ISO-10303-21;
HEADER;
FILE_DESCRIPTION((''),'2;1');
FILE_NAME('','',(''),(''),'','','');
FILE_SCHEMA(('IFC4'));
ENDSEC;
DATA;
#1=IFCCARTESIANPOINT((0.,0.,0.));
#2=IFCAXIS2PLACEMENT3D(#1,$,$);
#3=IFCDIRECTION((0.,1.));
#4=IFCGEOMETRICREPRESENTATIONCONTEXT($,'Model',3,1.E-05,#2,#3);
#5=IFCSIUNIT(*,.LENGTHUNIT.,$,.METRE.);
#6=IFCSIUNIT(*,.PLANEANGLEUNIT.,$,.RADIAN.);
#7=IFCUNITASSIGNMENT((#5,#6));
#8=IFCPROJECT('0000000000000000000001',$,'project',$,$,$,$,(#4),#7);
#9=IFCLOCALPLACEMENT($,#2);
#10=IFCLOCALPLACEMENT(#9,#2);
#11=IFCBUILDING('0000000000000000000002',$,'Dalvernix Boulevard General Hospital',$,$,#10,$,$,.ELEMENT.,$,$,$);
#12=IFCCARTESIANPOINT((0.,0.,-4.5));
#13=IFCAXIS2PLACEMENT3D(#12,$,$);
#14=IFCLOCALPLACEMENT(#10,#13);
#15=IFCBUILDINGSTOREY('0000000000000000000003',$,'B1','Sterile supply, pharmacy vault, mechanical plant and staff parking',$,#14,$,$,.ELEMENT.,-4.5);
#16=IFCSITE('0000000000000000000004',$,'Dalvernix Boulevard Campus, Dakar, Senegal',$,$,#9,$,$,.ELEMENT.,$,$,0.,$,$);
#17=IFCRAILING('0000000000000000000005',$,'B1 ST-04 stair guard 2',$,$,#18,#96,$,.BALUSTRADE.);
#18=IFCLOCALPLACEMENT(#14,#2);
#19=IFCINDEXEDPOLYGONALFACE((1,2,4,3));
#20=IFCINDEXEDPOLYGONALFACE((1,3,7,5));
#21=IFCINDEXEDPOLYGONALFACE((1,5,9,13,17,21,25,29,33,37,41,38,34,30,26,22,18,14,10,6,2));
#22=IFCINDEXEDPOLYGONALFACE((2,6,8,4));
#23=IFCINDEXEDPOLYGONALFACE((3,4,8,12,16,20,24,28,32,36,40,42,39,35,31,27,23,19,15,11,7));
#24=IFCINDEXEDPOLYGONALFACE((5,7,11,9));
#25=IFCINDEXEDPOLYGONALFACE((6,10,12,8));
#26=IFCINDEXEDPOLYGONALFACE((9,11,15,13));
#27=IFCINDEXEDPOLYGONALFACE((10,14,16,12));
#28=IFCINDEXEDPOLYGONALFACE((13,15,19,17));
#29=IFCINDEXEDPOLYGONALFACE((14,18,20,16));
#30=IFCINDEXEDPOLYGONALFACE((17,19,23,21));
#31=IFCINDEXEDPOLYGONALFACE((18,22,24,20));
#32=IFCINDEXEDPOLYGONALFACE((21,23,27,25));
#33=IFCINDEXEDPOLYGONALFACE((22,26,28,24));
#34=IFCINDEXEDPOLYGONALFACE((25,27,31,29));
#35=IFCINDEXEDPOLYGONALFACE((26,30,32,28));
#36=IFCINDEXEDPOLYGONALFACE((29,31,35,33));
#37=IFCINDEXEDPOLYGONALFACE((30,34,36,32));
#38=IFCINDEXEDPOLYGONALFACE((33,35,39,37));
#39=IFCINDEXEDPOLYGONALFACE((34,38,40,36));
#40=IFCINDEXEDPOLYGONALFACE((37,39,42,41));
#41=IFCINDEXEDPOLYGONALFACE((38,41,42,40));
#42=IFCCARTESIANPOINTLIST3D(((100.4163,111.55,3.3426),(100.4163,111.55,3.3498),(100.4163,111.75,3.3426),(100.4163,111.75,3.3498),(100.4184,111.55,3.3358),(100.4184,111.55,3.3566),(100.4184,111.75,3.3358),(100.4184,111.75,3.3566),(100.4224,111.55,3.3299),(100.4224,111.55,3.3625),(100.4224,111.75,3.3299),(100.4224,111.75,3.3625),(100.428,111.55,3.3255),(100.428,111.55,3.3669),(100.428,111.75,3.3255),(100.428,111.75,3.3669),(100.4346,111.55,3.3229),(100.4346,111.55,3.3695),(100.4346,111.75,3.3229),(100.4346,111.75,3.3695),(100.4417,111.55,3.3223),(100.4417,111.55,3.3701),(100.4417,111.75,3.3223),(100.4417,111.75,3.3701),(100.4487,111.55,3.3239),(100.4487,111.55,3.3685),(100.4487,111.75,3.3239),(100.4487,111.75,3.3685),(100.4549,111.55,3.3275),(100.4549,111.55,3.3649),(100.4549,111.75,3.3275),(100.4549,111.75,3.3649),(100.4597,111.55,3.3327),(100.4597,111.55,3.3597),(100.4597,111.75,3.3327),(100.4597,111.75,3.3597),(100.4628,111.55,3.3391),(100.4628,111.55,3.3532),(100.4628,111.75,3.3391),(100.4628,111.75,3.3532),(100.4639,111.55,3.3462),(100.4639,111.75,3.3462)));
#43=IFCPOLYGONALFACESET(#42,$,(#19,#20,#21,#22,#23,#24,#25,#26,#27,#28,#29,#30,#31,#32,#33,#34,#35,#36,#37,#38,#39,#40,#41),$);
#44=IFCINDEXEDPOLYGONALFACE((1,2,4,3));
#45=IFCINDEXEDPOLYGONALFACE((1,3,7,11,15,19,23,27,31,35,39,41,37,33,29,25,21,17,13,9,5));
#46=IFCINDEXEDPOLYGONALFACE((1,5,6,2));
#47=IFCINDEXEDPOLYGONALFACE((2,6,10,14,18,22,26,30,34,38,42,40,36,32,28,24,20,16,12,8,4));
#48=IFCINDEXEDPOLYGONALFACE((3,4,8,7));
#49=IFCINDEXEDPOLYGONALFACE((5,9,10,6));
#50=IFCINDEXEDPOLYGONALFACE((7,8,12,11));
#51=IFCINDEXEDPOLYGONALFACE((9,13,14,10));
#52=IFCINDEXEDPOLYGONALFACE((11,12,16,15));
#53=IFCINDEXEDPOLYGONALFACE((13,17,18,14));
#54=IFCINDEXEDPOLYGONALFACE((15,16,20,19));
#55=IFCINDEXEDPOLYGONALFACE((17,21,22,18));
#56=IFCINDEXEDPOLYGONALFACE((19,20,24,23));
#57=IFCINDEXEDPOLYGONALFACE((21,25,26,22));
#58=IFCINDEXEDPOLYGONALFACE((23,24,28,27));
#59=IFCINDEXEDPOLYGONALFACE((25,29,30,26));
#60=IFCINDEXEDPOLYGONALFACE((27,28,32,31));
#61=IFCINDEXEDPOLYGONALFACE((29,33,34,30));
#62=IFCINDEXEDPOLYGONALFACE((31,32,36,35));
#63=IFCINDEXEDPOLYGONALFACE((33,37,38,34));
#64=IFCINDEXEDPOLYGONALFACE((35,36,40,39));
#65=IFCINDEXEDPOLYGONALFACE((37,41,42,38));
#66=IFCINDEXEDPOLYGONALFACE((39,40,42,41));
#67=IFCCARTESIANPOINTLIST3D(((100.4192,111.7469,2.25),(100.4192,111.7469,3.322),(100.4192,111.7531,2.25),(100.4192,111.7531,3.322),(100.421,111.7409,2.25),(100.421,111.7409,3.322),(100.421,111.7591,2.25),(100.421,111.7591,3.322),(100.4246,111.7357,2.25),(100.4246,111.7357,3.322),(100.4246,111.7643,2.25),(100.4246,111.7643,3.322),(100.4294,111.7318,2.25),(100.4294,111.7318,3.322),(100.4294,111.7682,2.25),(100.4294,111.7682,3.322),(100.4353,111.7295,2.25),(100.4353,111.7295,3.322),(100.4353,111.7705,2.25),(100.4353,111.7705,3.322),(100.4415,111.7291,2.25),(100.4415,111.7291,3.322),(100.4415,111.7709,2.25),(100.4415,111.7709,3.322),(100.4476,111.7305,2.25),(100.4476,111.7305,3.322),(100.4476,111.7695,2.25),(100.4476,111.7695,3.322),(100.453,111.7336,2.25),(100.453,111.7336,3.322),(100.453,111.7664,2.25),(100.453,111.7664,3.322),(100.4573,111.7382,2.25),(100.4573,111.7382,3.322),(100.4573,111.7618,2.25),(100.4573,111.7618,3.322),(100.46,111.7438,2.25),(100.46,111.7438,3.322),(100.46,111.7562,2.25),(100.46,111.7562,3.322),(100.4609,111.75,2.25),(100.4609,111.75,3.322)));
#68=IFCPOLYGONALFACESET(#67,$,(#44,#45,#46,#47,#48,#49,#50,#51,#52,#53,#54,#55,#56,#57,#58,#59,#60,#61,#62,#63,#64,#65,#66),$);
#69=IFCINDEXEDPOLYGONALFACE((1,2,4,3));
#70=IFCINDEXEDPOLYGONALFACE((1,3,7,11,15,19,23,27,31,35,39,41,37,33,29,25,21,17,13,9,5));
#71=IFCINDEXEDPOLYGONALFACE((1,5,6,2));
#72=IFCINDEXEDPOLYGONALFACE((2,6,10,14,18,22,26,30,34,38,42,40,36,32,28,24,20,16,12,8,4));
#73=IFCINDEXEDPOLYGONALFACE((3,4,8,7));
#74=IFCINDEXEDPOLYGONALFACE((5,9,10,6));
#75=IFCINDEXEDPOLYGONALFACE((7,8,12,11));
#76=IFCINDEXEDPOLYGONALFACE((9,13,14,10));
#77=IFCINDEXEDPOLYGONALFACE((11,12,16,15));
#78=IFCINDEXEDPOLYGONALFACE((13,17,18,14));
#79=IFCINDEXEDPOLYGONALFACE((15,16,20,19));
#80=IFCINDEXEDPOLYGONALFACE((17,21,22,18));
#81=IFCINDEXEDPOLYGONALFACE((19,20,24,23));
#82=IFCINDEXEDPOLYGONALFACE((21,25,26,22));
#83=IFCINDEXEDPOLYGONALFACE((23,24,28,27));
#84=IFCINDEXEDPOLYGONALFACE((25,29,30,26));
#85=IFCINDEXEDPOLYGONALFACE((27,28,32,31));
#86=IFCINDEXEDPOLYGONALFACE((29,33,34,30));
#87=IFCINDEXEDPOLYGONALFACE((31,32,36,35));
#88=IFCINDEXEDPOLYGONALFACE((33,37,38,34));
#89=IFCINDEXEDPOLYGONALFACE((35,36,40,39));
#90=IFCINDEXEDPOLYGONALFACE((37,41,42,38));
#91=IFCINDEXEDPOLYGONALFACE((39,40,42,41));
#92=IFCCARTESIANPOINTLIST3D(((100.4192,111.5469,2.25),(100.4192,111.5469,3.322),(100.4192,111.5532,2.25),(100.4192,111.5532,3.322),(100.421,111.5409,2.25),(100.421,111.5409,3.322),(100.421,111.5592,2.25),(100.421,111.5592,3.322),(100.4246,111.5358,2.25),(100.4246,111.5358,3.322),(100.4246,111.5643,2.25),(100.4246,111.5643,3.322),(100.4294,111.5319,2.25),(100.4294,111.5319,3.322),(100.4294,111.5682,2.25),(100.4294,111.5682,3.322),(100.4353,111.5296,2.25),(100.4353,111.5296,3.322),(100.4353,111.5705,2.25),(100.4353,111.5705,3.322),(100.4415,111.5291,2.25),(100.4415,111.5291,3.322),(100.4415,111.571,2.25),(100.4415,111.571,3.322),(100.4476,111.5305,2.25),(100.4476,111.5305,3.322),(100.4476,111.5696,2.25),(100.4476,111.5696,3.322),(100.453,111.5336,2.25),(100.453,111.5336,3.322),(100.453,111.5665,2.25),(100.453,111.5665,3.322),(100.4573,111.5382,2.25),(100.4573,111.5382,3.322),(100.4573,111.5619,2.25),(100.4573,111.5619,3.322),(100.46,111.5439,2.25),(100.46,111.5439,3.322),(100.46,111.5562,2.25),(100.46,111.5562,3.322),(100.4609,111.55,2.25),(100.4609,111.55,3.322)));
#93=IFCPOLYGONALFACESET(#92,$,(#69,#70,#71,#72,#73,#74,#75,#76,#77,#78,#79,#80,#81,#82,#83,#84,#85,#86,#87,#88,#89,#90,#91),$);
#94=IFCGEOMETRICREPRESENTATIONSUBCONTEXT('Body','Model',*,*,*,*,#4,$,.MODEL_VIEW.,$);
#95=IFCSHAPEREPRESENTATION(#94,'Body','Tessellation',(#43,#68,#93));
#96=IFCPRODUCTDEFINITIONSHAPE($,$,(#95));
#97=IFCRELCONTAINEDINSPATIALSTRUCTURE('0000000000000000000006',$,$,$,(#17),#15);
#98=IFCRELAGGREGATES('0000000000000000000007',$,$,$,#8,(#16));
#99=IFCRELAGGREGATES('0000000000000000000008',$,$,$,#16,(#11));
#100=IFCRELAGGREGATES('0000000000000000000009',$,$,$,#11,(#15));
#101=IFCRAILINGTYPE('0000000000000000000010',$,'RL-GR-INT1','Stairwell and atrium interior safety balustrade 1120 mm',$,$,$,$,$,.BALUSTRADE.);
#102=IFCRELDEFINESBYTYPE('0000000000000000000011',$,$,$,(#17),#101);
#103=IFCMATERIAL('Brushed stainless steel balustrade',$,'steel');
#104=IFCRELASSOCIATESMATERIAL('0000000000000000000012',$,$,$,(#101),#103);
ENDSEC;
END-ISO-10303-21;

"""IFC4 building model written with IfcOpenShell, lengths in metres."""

from ifc_helpers import new_model, si_unit, direction, frame, origin, origin_2d, place, context, subcontext, project, spatial, circle, extrude, material, type_object, element, save


model = new_model("IFC4")

# Units and contexts
model_context = context("Model", 3, precision=1e-05, world=origin(), true_north=direction((0.0, 1.0)))
body_context = subcontext(model_context, "Body", "Model", "MODEL_VIEW")
ifc_project = project(units=[si_unit("LENGTHUNIT", "METRE"), si_unit("PLANEANGLEUNIT", "RADIAN")], contexts=[model_context])

# Site, building, storey
site_placement = place(None, origin())
site = spatial("IfcSite", under=ifc_project, at=site_placement, Name="Dalvernix Boulevard Campus, Dakar, Senegal", CompositionType="ELEMENT", RefElevation=0.0)
building_placement = place(site_placement, origin())
building = spatial("IfcBuilding", under=site, at=building_placement, Name="Dalvernix Boulevard General Hospital", CompositionType="ELEMENT")
storey_placement = place(building_placement, frame((0.0, 0.0, -4.5)))
storey = spatial("IfcBuildingStorey", under=building, at=storey_placement, Name="B1", Description="Sterile supply, pharmacy vault, mechanical plant and staff parking", CompositionType="ELEMENT", Elevation=-4.5)

# Railing
ifc_material_1 = material(Name="Brushed stainless steel balustrade", Category="steel")
railing_type_1 = type_object("IfcRailingType", Name="RL-GR-INT1", Description="Stairwell and atrium interior safety balustrade 1120 mm", PredefinedType="BALUSTRADE", material=ifc_material_1)
railing_1_placement = place(storey_placement, frame((100.4399, 111.75, 2.25)))
element("IfcRailing", 1, at=railing_1_placement, inside=storey, type_object=railing_type_1, Name="B1 ST-04 stair guard 2", PredefinedType="BALUSTRADE", context=body_context, shape_type="SweptSolid", body=[
    extrude(circle(Radius=0.0239, at=origin_2d()), frame((0.0, 0.0, 1.0962), z_axis=(0.0, -1.0, 0.0), x_axis=(1.0, 0.0, 0.0)), (0.0, 0.0, 1.0), 0.2),
    extrude(circle(Radius=0.021, at=origin_2d()), origin(), (0.0, 0.0, 1.0), 1.072),
    extrude(circle(Radius=0.021, at=origin_2d()), frame((0.0, -0.2, 0.0)), (0.0, 0.0, 1.0), 1.072),
])

save(model, "model.ifc")
